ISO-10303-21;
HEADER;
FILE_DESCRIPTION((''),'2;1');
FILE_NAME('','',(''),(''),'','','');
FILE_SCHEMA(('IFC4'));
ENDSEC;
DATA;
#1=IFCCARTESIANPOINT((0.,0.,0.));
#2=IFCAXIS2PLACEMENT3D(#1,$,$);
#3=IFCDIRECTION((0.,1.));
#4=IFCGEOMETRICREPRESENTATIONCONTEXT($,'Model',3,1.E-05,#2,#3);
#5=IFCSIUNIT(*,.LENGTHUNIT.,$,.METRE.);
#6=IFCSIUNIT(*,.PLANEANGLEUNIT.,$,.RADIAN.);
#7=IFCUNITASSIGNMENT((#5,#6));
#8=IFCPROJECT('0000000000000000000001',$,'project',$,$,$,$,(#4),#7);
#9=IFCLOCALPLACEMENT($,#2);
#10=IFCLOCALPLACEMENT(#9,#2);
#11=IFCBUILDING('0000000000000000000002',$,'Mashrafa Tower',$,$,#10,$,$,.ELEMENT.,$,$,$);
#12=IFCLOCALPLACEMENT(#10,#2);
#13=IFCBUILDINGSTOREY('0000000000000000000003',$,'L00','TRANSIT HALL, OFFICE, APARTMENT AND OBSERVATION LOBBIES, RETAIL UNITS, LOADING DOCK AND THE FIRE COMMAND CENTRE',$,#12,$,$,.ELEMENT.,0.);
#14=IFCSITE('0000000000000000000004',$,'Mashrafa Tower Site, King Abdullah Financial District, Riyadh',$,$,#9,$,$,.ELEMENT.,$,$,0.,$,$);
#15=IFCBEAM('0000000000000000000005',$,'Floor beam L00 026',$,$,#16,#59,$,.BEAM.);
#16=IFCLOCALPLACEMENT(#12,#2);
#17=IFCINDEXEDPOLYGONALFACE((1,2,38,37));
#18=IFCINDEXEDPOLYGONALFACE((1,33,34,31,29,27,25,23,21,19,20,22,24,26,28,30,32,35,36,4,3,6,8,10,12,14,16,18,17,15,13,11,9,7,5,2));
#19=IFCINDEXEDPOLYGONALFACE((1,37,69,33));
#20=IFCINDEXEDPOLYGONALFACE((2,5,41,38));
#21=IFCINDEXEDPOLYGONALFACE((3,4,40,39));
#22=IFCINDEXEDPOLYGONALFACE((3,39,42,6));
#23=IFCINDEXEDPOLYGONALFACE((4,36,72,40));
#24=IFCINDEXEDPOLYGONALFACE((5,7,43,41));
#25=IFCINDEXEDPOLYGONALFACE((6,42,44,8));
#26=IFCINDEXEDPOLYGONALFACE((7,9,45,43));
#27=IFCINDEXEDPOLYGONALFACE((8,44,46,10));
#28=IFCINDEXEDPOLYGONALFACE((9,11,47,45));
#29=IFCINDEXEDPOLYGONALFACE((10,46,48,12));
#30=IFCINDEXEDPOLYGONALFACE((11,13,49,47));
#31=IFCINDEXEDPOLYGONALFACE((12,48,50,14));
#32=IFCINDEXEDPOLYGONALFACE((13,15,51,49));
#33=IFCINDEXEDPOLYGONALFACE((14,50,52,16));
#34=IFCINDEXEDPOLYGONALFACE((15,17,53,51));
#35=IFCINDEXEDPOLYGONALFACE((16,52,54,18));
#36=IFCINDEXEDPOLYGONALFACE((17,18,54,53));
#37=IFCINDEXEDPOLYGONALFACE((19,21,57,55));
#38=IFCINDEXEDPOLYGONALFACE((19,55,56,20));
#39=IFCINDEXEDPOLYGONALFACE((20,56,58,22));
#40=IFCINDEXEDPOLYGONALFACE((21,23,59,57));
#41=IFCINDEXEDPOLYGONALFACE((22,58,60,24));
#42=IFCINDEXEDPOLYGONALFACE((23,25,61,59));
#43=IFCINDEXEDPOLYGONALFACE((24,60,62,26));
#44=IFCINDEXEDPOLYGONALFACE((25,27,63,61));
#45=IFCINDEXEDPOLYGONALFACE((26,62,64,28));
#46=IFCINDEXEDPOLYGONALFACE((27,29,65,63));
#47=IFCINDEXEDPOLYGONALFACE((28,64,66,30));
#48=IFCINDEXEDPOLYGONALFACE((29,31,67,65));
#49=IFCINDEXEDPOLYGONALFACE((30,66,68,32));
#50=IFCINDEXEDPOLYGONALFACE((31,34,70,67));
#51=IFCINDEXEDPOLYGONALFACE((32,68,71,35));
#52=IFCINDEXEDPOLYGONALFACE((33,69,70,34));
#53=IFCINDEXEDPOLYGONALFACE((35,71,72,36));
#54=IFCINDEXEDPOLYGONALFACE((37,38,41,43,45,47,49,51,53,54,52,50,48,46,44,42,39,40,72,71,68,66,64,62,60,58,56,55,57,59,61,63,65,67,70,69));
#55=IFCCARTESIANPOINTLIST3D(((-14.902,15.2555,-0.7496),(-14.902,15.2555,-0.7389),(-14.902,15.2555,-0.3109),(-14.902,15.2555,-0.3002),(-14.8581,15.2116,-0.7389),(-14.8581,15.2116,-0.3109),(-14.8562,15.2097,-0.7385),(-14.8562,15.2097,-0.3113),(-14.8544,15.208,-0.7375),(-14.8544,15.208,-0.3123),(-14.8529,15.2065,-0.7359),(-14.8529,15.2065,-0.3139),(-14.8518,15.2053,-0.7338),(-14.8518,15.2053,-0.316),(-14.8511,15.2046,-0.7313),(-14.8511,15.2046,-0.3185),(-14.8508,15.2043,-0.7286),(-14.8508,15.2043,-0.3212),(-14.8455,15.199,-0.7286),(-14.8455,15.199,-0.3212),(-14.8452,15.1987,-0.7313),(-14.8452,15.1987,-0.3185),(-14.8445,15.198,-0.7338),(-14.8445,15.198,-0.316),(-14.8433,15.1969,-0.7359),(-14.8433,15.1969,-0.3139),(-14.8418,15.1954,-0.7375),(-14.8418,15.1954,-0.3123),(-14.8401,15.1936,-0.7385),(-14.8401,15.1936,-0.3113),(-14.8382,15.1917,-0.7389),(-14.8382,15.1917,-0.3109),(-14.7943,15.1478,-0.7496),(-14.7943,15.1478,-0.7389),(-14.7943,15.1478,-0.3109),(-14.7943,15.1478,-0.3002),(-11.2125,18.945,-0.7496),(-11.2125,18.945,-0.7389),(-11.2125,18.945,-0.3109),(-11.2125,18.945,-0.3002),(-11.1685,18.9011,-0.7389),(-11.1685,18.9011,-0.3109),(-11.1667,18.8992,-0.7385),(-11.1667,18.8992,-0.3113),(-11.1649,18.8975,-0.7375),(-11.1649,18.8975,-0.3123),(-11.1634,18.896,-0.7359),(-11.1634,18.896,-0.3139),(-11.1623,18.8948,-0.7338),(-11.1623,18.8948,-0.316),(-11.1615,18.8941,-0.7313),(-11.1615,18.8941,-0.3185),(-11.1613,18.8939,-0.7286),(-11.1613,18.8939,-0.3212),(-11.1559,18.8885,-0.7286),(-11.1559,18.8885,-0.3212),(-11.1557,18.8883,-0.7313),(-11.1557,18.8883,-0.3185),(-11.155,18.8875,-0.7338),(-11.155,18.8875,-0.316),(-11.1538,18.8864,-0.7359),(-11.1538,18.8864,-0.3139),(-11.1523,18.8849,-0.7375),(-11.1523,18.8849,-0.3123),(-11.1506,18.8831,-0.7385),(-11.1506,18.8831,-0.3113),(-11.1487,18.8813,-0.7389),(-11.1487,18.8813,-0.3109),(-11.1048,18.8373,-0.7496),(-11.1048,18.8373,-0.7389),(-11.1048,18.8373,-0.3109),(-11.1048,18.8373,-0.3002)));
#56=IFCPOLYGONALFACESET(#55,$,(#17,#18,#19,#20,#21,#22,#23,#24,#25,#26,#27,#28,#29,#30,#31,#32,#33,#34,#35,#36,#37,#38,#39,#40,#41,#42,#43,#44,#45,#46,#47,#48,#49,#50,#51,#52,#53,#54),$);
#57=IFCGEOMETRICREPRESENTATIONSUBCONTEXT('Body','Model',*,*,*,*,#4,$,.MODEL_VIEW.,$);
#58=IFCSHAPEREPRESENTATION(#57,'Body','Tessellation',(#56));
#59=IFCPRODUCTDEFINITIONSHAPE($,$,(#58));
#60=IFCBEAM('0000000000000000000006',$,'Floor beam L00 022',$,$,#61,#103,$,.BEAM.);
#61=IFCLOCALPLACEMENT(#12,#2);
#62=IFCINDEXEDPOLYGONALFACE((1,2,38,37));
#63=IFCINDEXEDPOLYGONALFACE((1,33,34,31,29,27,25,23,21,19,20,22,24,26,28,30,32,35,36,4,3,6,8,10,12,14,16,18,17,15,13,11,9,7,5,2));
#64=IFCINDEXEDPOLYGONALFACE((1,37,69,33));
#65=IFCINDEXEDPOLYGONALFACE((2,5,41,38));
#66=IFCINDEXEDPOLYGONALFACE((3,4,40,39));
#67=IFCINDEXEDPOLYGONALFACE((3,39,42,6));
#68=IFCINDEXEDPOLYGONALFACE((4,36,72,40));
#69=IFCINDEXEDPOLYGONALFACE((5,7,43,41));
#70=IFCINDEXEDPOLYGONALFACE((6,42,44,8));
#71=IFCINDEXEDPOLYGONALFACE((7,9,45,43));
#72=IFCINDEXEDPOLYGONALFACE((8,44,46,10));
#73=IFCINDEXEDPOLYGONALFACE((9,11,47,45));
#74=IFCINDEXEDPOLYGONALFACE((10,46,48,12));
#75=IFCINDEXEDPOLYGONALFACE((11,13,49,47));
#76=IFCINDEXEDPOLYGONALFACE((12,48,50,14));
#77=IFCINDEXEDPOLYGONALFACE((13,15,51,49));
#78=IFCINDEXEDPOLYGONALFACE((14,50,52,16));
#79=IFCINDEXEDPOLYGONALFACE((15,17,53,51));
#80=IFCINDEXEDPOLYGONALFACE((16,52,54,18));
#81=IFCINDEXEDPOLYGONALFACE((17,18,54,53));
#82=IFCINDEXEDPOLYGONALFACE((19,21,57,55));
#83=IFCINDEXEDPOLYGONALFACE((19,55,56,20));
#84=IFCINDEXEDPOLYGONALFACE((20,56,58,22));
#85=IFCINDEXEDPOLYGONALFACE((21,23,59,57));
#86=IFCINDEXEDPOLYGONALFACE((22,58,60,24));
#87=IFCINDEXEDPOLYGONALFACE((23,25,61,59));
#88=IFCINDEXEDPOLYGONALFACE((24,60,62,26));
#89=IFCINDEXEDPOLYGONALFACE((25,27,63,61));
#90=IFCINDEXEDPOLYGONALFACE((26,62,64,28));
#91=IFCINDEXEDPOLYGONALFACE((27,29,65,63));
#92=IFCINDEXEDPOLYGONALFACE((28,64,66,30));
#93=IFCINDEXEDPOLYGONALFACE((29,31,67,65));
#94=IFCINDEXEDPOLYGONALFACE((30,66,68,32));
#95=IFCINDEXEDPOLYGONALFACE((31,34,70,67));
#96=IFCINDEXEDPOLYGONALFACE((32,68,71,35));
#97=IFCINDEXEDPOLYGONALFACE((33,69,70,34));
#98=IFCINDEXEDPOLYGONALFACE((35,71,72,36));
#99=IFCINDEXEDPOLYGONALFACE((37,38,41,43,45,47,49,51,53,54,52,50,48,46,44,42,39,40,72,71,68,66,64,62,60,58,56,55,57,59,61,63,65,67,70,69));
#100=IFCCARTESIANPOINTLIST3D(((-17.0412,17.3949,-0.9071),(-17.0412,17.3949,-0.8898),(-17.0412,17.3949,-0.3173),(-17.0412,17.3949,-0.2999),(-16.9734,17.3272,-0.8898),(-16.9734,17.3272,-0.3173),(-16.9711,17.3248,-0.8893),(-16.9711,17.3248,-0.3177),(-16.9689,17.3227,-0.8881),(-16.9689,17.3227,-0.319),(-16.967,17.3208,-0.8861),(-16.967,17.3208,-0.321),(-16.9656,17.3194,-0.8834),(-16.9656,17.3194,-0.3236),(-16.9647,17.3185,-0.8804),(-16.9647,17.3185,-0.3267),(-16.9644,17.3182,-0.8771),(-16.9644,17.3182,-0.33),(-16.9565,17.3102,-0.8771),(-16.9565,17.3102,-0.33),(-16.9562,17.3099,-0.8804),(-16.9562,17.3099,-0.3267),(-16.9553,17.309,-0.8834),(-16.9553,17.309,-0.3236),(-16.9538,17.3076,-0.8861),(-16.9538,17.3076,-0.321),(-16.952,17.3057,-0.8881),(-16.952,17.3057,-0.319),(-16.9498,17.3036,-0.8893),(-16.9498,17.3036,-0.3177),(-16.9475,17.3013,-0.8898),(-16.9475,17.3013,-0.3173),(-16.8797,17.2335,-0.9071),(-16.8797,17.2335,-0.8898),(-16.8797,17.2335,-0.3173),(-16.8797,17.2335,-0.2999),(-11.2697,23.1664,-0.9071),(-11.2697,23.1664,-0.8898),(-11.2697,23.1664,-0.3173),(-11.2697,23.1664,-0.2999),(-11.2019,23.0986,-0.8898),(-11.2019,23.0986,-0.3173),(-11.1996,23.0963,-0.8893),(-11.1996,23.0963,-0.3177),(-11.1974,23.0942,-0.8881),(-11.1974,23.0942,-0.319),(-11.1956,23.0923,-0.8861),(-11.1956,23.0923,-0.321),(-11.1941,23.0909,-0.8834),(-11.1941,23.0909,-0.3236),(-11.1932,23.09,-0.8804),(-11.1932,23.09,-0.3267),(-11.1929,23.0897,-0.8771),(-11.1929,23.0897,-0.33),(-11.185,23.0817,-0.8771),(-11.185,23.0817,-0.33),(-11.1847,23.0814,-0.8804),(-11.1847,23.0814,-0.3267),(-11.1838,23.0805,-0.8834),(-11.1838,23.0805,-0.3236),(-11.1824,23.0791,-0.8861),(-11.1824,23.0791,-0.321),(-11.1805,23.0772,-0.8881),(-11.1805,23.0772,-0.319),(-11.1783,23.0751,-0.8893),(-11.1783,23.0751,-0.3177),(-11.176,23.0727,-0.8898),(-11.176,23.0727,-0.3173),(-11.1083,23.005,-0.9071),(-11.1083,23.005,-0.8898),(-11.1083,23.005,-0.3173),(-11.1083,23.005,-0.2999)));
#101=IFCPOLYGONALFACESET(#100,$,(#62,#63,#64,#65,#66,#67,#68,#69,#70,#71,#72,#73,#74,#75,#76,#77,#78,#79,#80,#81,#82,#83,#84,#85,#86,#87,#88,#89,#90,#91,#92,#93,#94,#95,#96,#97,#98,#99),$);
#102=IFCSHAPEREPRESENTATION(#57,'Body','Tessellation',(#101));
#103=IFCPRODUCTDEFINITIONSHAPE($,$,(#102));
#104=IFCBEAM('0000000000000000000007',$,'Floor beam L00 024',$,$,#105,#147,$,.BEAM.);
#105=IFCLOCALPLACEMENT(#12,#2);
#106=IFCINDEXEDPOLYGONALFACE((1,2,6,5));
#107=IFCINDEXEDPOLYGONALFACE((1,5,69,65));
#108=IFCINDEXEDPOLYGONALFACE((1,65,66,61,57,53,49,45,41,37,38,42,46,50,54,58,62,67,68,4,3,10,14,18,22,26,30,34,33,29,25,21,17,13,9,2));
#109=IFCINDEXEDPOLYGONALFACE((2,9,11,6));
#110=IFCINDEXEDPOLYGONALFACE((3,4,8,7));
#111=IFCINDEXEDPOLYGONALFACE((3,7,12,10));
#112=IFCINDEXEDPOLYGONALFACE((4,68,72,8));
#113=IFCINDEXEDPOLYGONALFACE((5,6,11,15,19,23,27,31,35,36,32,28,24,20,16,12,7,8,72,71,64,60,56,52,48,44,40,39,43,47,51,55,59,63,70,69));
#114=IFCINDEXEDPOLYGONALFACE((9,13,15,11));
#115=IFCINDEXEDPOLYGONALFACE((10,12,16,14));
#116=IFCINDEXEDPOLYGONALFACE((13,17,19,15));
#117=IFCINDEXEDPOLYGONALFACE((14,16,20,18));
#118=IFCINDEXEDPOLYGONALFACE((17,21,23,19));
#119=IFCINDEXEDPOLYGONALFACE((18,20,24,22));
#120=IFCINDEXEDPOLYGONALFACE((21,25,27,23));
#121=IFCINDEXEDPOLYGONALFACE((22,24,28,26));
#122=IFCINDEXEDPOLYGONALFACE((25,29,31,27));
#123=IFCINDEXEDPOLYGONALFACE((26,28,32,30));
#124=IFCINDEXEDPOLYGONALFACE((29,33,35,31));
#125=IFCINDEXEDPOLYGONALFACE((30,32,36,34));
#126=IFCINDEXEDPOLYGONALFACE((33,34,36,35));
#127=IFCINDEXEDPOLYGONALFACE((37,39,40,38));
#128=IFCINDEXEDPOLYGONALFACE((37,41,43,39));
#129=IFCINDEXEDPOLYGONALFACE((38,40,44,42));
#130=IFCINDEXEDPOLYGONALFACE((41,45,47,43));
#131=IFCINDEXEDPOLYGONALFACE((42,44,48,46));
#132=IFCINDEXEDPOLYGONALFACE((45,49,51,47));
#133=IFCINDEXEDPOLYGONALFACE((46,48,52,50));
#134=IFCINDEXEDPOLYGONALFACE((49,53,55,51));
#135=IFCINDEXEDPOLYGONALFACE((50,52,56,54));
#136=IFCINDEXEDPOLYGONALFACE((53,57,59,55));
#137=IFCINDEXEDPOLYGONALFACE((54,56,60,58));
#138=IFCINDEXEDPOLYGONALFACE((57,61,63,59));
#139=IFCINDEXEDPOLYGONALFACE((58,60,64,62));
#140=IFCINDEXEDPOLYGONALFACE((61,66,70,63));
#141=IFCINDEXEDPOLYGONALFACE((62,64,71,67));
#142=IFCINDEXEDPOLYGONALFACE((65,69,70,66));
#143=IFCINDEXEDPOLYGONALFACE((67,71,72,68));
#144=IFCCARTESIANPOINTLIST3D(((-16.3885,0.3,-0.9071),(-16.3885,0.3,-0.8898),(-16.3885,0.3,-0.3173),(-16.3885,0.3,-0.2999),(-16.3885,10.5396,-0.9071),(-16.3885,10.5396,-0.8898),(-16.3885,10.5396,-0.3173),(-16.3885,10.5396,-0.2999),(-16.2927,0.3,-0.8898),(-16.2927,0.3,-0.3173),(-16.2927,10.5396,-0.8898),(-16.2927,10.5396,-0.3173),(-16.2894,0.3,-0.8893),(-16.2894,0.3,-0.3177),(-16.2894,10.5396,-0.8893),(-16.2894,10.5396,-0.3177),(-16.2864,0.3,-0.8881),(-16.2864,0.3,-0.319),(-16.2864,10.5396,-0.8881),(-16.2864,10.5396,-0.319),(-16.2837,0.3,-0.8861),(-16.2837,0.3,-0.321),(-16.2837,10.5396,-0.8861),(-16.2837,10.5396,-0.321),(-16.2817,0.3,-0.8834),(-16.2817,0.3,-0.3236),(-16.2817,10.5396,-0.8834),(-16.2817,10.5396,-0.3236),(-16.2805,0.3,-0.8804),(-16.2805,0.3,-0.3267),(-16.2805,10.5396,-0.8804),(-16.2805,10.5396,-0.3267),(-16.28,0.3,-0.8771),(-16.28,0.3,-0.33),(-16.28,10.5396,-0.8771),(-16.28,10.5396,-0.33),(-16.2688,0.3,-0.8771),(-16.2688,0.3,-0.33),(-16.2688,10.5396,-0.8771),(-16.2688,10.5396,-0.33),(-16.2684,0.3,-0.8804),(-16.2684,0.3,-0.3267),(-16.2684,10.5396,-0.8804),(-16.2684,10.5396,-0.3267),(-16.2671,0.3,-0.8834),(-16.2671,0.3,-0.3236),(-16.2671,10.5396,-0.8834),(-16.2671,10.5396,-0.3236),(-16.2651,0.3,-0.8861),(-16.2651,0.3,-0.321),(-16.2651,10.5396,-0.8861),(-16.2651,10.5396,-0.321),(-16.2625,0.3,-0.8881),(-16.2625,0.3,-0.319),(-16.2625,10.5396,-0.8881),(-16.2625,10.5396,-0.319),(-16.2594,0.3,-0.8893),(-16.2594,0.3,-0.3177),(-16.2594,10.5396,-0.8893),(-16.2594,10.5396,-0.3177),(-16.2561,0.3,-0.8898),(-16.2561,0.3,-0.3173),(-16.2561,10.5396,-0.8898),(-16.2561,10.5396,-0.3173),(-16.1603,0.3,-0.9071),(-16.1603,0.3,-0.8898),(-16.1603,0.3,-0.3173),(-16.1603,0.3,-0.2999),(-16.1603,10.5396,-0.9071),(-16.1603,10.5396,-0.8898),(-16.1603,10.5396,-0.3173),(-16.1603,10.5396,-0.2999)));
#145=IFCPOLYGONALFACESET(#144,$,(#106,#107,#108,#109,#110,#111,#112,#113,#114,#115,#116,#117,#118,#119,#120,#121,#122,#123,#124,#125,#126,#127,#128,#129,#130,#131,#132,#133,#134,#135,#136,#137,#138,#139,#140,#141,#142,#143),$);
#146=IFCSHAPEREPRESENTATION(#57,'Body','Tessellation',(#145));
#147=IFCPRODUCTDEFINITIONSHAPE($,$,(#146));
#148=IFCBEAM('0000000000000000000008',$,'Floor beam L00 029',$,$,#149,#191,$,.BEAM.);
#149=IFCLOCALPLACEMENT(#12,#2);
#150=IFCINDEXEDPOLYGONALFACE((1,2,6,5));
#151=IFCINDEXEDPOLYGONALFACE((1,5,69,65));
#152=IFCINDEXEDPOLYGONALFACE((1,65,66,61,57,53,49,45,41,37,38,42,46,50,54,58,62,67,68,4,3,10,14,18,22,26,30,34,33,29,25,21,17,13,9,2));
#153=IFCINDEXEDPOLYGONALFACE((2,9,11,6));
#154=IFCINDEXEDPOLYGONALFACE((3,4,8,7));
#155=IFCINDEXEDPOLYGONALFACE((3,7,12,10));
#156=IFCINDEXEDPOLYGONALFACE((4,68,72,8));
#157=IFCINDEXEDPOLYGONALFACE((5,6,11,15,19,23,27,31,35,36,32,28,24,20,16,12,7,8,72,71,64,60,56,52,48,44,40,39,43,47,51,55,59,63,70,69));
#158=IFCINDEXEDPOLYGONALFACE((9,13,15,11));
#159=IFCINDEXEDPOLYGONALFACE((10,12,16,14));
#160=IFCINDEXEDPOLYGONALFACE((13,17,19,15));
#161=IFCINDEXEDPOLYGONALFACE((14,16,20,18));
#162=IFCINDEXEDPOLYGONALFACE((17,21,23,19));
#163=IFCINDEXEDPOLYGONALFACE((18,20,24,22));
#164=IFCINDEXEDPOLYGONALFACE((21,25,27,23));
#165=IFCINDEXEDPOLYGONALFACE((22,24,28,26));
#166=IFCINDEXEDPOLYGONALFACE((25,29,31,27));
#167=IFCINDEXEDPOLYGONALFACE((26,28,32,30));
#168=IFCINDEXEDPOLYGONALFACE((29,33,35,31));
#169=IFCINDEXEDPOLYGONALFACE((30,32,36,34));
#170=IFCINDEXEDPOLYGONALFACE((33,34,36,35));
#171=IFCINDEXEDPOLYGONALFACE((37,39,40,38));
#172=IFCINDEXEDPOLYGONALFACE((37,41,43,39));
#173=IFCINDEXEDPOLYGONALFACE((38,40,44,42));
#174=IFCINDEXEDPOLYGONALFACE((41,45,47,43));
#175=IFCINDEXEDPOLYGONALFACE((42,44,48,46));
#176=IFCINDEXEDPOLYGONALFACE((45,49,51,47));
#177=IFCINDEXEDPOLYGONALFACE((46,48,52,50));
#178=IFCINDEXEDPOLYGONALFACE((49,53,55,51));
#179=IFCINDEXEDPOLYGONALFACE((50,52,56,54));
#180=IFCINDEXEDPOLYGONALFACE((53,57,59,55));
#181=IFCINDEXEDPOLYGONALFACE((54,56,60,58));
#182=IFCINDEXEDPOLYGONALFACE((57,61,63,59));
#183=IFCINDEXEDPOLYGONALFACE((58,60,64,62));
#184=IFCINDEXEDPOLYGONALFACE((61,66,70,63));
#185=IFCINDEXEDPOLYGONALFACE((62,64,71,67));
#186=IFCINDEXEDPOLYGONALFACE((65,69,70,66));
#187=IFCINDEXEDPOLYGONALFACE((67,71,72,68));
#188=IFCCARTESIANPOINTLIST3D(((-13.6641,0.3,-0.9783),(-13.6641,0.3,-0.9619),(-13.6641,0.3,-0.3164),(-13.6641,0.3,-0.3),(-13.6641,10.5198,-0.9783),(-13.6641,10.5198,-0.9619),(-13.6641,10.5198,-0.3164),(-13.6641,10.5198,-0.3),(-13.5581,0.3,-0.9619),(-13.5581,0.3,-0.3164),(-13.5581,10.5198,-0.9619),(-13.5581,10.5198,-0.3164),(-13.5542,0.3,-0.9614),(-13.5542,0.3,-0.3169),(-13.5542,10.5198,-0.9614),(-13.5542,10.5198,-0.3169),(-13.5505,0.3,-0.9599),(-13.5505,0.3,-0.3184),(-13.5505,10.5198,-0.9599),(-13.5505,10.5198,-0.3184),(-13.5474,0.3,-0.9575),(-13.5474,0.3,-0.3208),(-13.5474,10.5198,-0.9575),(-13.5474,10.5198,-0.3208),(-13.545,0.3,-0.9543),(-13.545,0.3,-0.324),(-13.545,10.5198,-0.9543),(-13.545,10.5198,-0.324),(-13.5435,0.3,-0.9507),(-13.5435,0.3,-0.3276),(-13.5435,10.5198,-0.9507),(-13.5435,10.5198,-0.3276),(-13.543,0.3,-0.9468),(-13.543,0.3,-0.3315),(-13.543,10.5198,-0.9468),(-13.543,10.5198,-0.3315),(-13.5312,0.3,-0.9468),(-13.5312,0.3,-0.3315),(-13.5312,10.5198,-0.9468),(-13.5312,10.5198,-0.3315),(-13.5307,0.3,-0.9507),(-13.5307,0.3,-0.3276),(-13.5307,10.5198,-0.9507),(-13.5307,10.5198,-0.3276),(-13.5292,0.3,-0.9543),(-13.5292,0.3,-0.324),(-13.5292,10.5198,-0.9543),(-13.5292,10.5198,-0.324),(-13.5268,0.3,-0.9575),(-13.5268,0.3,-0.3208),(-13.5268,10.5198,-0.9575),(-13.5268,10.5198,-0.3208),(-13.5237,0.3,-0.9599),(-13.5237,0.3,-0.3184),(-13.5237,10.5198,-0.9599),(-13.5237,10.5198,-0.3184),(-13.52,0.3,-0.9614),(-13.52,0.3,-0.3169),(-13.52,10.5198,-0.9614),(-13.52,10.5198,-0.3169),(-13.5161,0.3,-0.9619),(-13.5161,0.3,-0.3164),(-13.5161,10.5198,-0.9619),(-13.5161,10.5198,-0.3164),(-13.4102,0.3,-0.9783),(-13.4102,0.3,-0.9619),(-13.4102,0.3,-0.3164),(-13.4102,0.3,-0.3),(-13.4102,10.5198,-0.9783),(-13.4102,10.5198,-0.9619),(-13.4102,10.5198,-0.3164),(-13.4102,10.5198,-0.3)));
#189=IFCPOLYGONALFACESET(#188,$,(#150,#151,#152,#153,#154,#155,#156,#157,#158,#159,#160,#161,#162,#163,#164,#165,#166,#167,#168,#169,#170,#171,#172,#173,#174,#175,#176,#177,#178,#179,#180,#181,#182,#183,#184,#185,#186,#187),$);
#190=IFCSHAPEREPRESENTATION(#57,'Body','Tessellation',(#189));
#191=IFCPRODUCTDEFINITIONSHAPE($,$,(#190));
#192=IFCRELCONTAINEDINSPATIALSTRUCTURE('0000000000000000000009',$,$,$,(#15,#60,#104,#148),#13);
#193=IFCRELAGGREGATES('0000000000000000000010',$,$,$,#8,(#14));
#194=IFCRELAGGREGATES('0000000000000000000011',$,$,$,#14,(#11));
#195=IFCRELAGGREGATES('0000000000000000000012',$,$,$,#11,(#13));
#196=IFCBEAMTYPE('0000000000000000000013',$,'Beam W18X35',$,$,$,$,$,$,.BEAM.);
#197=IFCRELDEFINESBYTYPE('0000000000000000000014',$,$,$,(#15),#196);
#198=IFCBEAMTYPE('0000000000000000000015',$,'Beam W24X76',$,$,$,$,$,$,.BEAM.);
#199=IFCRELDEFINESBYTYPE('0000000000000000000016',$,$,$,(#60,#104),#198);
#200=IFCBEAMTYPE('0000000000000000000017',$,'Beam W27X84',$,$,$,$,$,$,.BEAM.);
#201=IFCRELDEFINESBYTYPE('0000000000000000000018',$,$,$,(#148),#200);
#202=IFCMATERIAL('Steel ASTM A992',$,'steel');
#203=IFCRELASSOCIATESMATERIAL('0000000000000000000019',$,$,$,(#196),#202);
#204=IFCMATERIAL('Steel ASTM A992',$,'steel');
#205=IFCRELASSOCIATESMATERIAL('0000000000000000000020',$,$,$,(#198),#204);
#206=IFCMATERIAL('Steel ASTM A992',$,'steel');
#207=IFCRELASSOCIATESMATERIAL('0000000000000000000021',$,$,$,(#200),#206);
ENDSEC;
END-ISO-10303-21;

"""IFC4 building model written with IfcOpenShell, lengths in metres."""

from ifc_helpers import new_model, si_unit, direction, frame, origin, origin_2d, place, context, subcontext, project, spatial, i_section, extrude, material, material_profile, profile_set, type_object, element, save


model = new_model("IFC4")

# Units and contexts
model_context = context("Model", 3, precision=1e-05, world=origin(), true_north=direction((0.0, 1.0)))
body_context = subcontext(model_context, "Body", "Model", "MODEL_VIEW")
ifc_project = project(units=[si_unit("LENGTHUNIT", "METRE"), si_unit("PLANEANGLEUNIT", "RADIAN")], contexts=[model_context])

# Site, building, storey
site_placement = place(None, origin())
site = spatial("IfcSite", under=ifc_project, at=site_placement, Name="Mashrafa Tower Site, King Abdullah Financial District, Riyadh", CompositionType="ELEMENT", RefElevation=0.0)
building_placement = place(site_placement, origin())
building = spatial("IfcBuilding", under=site, at=building_placement, Name="Mashrafa Tower", CompositionType="ELEMENT")
storey_placement = place(building_placement, origin())
storey = spatial("IfcBuildingStorey", under=building, at=storey_placement, Name="L00", Description="TRANSIT HALL, OFFICE, APARTMENT AND OBSERVATION LOBBIES, RETAIL UNITS, LOADING DOCK AND THE FIRE COMMAND CENTRE", CompositionType="ELEMENT", Elevation=0.0)

# Beams
ifc_material_1 = material(Name="Steel ASTM A992", Category="steel")
ifc_material_profile_1 = material_profile(ifc_material_1, i_section(OverallWidth=0.1523, OverallDepth=0.4495, WebThickness=0.0076, FlangeThickness=0.0107, FilletRadius=0.0103, at=origin_2d()), Name="W18X35")
ifc_profile_set_1 = profile_set([ifc_material_profile_1], Name="Steel ASTM A992")
beam_type_1 = type_object("IfcBeamType", Name="Beam W18X35", PredefinedType="BEAM", material=ifc_profile_set_1)
for number, where, z_axis, x_axis, name in (
    (1, (-14.8481, 15.2017, -0.5249), (0.707107, 0.707107, 0.0), (-0.707107, 0.707107, 0.0), "Floor beam L00 026"),
):
    element("IfcBeam", number, at=place(storey_placement, frame(where, z_axis=z_axis, x_axis=x_axis)), inside=storey, type_object=beam_type_1, Name=name, PredefinedType="BEAM", context=body_context, shape_type="SweptSolid", body=[
        extrude(i_section(OverallWidth=0.1523, OverallDepth=0.4495, WebThickness=0.0076, FlangeThickness=0.0107, FilletRadius=0.0103, at=origin_2d()), origin(), (0.0, 0.0, 1.0), 5.2178),
    ])
ifc_material_2 = material(Name="Steel ASTM A992", Category="steel")
ifc_material_profile_2 = material_profile(ifc_material_2, i_section(OverallWidth=0.2283, OverallDepth=0.6072, WebThickness=0.0112, FlangeThickness=0.0173, FilletRadius=0.0127, at=origin_2d()), Name="W24X76")
ifc_profile_set_2 = profile_set([ifc_material_profile_2], Name="Steel ASTM A992")
beam_type_2 = type_object("IfcBeamType", Name="Beam W24X76", PredefinedType="BEAM", material=ifc_profile_set_2)
beam_1_placement = place(storey_placement, frame((-16.9604, 17.3142, -0.6035), z_axis=(0.707107, 0.707107, 0.0), x_axis=(-0.707107, 0.707107, 0.0)))
element("IfcBeam", 2, at=beam_1_placement, inside=storey, type_object=beam_type_2, Name="Floor beam L00 022", PredefinedType="BEAM", context=body_context, shape_type="SweptSolid", body=[
    extrude(i_section(OverallWidth=0.2283, OverallDepth=0.6072, WebThickness=0.0112, FlangeThickness=0.0173, FilletRadius=0.0127, at=origin_2d()), origin(), (0.0, 0.0, 1.0), 8.1621),
])
beam_2_placement = place(storey_placement, frame((-16.2744, 0.3, -0.6035), z_axis=(0.0, 1.0, 0.0), x_axis=(-1.0, 0.0, 0.0)))
element("IfcBeam", 3, at=beam_2_placement, inside=storey, type_object=beam_type_2, Name="Floor beam L00 024", PredefinedType="BEAM", context=body_context, shape_type="SweptSolid", body=[
    extrude(i_section(OverallWidth=0.2283, OverallDepth=0.6072, WebThickness=0.0112, FlangeThickness=0.0173, FilletRadius=0.0127, at=origin_2d()), origin(), (0.0, 0.0, 1.0), 10.2395),
])
ifc_material_3 = material(Name="Steel ASTM A992", Category="steel")
ifc_material_profile_3 = material_profile(ifc_material_3, i_section(OverallWidth=0.2539, OverallDepth=0.6782, WebThickness=0.0117, FlangeThickness=0.0164, FilletRadius=0.0151, at=origin_2d()), Name="W27X84")
ifc_profile_set_3 = profile_set([ifc_material_profile_3], Name="Steel ASTM A992")
beam_type_3 = type_object("IfcBeamType", Name="Beam W27X84", PredefinedType="BEAM", material=ifc_profile_set_3)
beam_3_placement = place(storey_placement, frame((-13.5371, 0.3, -0.6392), z_axis=(0.0, 1.0, 0.0), x_axis=(-1.0, 0.0, 0.0)))
element("IfcBeam", 4, at=beam_3_placement, inside=storey, type_object=beam_type_3, Name="Floor beam L00 029", PredefinedType="BEAM", context=body_context, shape_type="SweptSolid", body=[
    extrude(i_section(OverallWidth=0.2539, OverallDepth=0.6782, WebThickness=0.0117, FlangeThickness=0.0164, FilletRadius=0.0151, at=origin_2d()), origin(), (0.0, 0.0, 1.0), 10.2197),
])

save(model, "model.ifc")
